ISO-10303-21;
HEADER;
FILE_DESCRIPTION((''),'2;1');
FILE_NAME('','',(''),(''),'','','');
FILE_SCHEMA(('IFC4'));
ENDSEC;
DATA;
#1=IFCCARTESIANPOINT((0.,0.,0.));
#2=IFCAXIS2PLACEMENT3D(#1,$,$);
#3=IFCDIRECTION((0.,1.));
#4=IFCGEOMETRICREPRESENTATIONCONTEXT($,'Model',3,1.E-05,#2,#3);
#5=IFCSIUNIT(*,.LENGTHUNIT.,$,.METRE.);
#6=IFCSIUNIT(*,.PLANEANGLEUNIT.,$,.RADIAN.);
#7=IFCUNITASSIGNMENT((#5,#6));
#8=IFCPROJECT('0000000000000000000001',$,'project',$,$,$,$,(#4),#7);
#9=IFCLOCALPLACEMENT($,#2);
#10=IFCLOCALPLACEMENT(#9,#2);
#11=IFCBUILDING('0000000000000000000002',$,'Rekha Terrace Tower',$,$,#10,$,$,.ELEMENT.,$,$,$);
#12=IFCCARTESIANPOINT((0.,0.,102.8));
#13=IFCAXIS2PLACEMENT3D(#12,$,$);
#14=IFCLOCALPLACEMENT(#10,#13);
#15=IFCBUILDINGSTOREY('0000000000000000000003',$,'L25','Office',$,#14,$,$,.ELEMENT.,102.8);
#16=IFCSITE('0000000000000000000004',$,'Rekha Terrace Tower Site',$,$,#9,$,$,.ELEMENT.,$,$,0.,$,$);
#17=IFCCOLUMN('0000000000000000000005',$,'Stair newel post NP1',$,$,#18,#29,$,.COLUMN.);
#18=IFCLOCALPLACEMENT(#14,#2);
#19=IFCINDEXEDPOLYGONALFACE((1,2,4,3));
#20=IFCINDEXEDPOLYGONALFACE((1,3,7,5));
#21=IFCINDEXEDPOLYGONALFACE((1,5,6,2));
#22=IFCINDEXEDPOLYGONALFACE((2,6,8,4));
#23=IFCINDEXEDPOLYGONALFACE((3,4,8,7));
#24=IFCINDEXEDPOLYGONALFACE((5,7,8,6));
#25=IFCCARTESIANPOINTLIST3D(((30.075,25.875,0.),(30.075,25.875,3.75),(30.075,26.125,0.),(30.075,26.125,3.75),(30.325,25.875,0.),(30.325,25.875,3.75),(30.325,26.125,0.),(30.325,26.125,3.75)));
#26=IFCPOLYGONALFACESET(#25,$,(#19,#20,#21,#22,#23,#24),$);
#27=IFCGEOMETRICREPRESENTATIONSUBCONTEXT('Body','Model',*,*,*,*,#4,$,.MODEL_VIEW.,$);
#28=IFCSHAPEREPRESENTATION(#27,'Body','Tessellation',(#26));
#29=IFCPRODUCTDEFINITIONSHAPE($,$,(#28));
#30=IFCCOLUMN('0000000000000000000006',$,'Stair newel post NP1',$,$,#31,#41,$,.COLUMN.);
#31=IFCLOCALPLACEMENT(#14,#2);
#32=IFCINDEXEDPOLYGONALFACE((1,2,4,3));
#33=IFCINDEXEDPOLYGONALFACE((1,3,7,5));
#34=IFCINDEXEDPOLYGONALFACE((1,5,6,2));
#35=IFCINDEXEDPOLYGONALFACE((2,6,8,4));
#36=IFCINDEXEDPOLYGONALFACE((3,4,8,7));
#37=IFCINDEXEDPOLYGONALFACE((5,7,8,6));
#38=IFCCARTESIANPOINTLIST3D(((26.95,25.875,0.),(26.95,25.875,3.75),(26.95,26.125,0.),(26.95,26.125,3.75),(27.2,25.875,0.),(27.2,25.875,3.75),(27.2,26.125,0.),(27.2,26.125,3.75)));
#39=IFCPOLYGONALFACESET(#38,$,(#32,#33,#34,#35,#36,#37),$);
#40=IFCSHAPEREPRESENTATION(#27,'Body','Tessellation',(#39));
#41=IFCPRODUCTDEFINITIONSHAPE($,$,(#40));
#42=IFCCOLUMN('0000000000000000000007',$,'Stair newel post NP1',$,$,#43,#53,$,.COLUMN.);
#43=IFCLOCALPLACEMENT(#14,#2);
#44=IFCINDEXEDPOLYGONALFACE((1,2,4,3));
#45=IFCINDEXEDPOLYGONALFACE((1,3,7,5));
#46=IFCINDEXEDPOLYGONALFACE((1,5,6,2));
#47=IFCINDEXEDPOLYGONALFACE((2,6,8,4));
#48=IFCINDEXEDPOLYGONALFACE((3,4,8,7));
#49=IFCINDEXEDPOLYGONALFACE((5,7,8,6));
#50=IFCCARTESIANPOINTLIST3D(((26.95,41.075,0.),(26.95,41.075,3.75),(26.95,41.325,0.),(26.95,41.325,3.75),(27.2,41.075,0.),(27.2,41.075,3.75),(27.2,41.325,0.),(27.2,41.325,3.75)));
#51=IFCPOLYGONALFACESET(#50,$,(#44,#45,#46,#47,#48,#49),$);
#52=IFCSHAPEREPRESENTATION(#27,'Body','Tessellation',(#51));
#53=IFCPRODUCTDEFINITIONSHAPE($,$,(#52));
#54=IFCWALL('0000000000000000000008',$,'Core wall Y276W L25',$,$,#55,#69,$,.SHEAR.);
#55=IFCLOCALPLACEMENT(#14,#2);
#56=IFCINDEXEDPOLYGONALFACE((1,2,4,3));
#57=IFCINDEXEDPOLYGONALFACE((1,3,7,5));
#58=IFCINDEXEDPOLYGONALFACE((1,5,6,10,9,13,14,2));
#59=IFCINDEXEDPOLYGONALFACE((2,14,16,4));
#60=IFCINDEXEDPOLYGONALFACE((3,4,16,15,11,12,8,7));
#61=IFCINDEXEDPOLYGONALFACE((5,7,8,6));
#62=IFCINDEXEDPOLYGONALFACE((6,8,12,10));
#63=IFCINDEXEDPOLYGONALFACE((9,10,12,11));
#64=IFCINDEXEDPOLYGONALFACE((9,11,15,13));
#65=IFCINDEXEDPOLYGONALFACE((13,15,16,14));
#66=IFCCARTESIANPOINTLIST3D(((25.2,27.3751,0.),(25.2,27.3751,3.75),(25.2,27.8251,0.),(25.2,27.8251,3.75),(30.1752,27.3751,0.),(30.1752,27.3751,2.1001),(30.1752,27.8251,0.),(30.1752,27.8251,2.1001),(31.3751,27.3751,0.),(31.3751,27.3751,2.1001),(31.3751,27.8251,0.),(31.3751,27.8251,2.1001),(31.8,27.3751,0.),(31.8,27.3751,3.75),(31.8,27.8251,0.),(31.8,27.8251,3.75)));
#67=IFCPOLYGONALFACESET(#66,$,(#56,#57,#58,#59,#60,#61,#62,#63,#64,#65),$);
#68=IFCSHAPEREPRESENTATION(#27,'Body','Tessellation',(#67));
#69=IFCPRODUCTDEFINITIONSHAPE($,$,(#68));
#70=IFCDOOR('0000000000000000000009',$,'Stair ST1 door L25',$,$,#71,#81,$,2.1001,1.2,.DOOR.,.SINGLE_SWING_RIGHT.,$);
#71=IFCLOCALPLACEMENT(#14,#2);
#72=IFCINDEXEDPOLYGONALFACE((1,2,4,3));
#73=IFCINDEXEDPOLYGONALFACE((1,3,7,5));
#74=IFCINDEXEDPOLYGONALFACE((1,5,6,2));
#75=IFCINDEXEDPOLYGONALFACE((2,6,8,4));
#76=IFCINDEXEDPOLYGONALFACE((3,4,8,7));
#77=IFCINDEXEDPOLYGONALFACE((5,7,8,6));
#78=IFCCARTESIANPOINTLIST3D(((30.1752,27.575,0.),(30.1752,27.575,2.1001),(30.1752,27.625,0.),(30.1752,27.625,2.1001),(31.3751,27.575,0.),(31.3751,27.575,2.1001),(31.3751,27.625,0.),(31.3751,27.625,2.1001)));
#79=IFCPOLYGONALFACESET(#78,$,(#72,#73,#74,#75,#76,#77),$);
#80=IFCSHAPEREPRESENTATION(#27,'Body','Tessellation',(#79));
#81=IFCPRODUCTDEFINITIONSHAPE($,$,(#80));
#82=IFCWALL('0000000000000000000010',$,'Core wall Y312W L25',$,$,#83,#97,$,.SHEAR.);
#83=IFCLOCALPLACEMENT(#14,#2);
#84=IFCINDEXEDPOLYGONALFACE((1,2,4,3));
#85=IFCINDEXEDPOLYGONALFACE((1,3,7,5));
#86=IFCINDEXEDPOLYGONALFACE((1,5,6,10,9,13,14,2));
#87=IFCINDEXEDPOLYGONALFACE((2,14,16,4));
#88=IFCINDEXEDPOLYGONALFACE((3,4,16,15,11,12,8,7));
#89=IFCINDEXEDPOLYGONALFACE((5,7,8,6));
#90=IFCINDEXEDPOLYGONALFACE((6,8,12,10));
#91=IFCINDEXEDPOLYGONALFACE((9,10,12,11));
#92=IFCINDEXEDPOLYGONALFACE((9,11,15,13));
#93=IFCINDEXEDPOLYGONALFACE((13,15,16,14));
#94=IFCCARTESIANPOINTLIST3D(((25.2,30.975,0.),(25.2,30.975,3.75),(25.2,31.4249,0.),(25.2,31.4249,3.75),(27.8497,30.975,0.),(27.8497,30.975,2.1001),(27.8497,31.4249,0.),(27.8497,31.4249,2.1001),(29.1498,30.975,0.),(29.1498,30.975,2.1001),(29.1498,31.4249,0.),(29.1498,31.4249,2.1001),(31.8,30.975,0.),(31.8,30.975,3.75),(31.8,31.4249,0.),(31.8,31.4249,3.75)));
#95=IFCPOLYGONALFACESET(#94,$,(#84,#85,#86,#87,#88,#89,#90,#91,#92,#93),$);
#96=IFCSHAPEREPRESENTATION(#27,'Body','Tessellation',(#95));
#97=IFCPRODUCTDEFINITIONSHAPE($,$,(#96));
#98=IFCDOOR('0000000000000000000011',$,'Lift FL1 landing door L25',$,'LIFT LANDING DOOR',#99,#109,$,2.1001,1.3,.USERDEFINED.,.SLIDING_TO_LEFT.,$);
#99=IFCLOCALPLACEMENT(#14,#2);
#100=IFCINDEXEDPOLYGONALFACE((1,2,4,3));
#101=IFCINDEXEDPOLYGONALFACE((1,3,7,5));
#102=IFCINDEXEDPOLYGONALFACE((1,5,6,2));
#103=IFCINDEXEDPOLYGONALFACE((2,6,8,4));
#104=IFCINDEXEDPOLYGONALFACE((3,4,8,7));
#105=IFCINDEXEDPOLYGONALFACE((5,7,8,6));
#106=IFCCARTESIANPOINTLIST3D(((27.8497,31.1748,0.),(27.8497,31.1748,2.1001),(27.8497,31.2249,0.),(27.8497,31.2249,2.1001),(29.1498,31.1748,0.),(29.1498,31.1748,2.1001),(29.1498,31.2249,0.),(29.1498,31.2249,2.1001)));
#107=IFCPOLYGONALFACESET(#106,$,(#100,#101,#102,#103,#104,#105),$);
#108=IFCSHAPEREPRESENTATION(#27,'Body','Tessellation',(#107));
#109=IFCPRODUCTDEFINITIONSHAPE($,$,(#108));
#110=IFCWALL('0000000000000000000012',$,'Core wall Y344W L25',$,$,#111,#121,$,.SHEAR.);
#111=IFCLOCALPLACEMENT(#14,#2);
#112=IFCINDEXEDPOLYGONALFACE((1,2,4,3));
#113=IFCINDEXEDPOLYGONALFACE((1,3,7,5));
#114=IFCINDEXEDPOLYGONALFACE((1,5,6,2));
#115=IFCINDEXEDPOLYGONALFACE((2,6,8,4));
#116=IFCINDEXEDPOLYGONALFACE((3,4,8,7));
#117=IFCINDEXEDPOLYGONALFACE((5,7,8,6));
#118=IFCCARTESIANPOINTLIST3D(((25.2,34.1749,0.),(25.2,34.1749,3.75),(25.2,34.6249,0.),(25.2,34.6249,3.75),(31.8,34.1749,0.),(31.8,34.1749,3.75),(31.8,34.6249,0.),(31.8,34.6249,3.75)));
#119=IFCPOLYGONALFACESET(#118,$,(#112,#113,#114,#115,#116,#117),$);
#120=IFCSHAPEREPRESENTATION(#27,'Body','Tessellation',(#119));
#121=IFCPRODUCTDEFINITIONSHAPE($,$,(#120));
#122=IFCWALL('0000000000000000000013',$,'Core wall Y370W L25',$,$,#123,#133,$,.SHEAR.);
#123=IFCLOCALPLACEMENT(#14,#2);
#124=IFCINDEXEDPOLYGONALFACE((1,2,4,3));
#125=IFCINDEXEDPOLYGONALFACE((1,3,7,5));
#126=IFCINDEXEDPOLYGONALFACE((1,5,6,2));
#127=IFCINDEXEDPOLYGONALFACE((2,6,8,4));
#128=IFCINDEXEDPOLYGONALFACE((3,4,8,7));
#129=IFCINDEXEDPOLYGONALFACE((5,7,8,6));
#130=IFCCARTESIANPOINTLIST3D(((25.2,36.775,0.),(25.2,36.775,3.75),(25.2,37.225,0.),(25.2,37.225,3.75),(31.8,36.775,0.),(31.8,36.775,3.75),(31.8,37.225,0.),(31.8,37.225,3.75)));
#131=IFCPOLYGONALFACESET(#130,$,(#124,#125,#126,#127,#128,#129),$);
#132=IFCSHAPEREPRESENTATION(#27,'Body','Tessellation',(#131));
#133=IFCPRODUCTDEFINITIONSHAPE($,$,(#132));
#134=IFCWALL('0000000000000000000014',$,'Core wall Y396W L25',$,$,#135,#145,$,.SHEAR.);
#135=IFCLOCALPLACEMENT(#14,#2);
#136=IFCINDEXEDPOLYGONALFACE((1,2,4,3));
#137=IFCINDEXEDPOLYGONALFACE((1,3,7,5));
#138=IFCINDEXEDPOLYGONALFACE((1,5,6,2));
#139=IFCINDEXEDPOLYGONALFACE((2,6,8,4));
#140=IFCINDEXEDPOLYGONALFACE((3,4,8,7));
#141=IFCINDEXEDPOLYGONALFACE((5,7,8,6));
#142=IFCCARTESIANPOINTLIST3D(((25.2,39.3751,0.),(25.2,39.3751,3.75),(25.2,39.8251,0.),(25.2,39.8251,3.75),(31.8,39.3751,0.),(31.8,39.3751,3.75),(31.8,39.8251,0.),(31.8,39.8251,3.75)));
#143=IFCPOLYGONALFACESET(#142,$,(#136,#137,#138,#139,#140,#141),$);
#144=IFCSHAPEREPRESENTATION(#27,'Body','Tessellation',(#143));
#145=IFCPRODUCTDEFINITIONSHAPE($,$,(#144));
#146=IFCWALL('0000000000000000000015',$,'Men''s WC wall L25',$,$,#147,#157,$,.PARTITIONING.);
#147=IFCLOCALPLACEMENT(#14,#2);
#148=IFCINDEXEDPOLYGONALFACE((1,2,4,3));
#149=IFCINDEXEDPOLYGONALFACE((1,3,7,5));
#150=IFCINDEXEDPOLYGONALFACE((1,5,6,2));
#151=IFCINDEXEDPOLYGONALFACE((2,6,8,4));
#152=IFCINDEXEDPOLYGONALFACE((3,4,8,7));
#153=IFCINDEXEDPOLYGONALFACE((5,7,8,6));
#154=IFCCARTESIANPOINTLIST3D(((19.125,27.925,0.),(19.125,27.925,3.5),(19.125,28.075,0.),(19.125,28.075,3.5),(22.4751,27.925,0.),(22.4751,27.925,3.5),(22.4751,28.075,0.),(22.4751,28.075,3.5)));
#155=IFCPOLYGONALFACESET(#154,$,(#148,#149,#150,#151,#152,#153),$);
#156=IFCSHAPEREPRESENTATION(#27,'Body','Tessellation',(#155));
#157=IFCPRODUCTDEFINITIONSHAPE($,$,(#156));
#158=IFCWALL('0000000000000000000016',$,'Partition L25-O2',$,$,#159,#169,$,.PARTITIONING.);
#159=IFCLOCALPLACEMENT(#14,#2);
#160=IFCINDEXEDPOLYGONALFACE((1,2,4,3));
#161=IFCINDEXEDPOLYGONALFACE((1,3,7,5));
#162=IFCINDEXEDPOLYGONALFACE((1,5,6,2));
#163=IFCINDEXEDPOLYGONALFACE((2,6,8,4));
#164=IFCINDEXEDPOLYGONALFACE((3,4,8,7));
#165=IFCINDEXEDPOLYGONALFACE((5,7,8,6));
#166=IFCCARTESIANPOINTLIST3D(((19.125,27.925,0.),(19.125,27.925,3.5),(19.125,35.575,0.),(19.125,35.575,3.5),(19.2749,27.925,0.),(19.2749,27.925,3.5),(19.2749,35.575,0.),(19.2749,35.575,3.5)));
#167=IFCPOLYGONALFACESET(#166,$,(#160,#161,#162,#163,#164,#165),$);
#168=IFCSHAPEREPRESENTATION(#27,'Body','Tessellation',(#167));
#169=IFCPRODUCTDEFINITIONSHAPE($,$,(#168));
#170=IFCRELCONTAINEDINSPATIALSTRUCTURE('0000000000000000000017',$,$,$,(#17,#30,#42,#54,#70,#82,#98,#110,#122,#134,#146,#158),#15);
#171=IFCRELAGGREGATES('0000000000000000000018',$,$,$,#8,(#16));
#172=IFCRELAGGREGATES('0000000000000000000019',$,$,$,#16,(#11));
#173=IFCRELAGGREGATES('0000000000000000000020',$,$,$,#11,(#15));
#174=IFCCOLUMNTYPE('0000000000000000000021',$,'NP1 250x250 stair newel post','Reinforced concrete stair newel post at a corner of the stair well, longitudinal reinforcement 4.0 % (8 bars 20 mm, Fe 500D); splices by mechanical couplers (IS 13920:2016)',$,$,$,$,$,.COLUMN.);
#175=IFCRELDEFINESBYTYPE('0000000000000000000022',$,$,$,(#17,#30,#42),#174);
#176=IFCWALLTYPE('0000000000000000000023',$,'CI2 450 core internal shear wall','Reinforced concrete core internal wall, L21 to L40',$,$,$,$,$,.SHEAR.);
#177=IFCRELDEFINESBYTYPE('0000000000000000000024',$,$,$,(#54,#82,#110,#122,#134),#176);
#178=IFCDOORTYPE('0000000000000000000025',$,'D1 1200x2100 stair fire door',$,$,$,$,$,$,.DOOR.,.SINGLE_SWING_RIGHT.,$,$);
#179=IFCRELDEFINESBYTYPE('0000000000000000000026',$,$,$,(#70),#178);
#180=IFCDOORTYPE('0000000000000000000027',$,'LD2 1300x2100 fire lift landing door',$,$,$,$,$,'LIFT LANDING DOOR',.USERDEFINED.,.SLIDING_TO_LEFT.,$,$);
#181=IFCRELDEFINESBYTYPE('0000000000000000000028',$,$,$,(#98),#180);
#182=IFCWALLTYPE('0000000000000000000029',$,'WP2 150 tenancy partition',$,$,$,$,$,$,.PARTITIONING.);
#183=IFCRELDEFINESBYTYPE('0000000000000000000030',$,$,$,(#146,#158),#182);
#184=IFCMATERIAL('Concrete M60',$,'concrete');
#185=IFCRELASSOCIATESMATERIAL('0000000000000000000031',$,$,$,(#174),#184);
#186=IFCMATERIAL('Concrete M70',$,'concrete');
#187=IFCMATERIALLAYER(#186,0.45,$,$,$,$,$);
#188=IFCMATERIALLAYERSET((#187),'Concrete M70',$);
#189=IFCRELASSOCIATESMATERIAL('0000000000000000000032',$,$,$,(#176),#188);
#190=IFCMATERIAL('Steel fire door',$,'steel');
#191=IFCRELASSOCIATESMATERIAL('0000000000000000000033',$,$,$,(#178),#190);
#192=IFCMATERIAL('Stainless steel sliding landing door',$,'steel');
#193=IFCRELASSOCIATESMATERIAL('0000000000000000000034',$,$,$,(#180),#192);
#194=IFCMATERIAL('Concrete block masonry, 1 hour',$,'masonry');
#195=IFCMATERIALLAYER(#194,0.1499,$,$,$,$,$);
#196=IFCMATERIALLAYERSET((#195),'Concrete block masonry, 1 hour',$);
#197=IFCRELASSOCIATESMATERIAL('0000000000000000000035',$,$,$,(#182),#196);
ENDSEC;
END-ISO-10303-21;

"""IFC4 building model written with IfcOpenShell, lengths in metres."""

from ifc_helpers import new_model, si_unit, direction, frame, frame_2d, origin, origin_2d, place, context, subcontext, project, spatial, rectangle, extrude, material, layer, layer_set, material_profile, profile_set, type_object, element, fill, save


model = new_model("IFC4")

# Units and contexts
model_context = context("Model", 3, precision=1e-05, world=origin(), true_north=direction((0.0, 1.0)))
body_context = subcontext(model_context, "Body", "Model", "MODEL_VIEW")
ifc_project = project(units=[si_unit("LENGTHUNIT", "METRE"), si_unit("PLANEANGLEUNIT", "RADIAN")], contexts=[model_context])

# Site, building, storey
site_placement = place(None, origin())
site = spatial("IfcSite", under=ifc_project, at=site_placement, Name="Rekha Terrace Tower Site", CompositionType="ELEMENT", RefElevation=0.0)
building_placement = place(site_placement, origin())
building = spatial("IfcBuilding", under=site, at=building_placement, Name="Rekha Terrace Tower", CompositionType="ELEMENT")
storey_placement = place(building_placement, frame((0.0, 0.0, 102.8)))
storey = spatial("IfcBuildingStorey", under=building, at=storey_placement, Name="L25", Description="Office", CompositionType="ELEMENT", Elevation=102.8)

# Columns
ifc_material_1 = material(Name="Concrete M60", Category="concrete")
ifc_material_profile = material_profile(ifc_material_1, rectangle(XDim=0.25, YDim=0.25, at=origin_2d()), Name="RC 250x250")
ifc_profile_set = profile_set([ifc_material_profile], Name="Concrete M60")
column_type = type_object("IfcColumnType", Name="NP1 250x250 stair newel post", Description="Reinforced concrete stair newel post at a corner of the stair well, longitudinal reinforcement 4.0 % (8 bars 20 mm, Fe 500D); splices by mechanical couplers (IS 13920:2016)", PredefinedType="COLUMN", material=ifc_profile_set)
for number, where, z_axis, x_axis, name in (
    (1, (30.2, 26.0, 0.0), (0.0, 0.0, 1.0), (1.0, 0.0, 0.0), "Stair newel post NP1"),
    (2, (27.075, 26.0, 0.0), (0.0, 0.0, 1.0), (1.0, 0.0, 0.0), "Stair newel post NP1"),
    (3, (27.075, 41.2, 0.0), (0.0, 0.0, 1.0), (1.0, 0.0, 0.0), "Stair newel post NP1"),
):
    element("IfcColumn", number, at=place(storey_placement, frame(where, z_axis=z_axis, x_axis=x_axis)), inside=storey, type_object=column_type, Name=name, PredefinedType="COLUMN", context=body_context, shape_type="SweptSolid", body=[
        extrude(rectangle(XDim=0.25, YDim=0.25, at=origin_2d()), origin(), (0.0, 0.0, 1.0), 3.75),
    ])

# Walls, openings, doors
ifc_material_2 = material(Name="Concrete M70", Category="concrete")
ifc_layer_1 = layer(ifc_material_2, 0.45)
ifc_layer_set_1 = layer_set([ifc_layer_1], Name="Concrete M70")
wall_type_1 = type_object("IfcWallType", Name="CI2 450 core internal shear wall", Description="Reinforced concrete core internal wall, L21 to L40", PredefinedType="SHEAR", material=ifc_layer_set_1)
wall_1_placement = place(storey_placement, frame((25.2, 27.6001, 0.0), z_axis=(0.0, 0.0, 1.0), x_axis=(1.0, 0.0, 0.0)))
wall_1 = element("IfcWall", 4, at=wall_1_placement, inside=storey, type_object=wall_type_1, Name="Core wall Y276W L25", PredefinedType="SHEAR", context=body_context, shape_type="SweptSolid", body=[
    extrude(rectangle(XDim=6.6001, YDim=0.45, at=frame_2d((3.3, 0.0))), origin(), (0.0, 0.0, 1.0), 3.75),
])
opening_1_placement = place(wall_1_placement, frame((4.9751, 0.0, 0.0)))
opening_1 = element("IfcOpeningElement", 5, at=opening_1_placement, cuts=wall_1, PredefinedType="OPENING", context=body_context, shape_type="SweptSolid", body=[
    extrude(rectangle(XDim=1.2, YDim=2.1001, at=frame_2d((0.6001, 1.05))), frame((0.0, 0.2349, 0.0), z_axis=(0.0, -1.0, 0.0), x_axis=(1.0, 0.0, 0.0)), (0.0, 0.0, 1.0), 0.47),
])
ifc_material_3 = material(Name="Steel fire door", Category="steel")
door_type_1 = type_object("IfcDoorType", Name="D1 1200x2100 stair fire door", OperationType="SINGLE_SWING_RIGHT", PredefinedType="DOOR", material=ifc_material_3)
door_1_placement = place(opening_1_placement, origin())
door_1 = element("IfcDoor", 6, at=door_1_placement, inside=storey, type_object=door_type_1, Name="Stair ST1 door L25", OperationType="SINGLE_SWING_RIGHT", OverallHeight=2.1001, OverallWidth=1.2, PredefinedType="DOOR", context=body_context, shape_type="SweptSolid", body=[
    extrude(rectangle(XDim=1.2, YDim=2.1001, at=frame_2d((0.6001, 1.05))), frame((0.0, 0.0249, 0.0), z_axis=(0.0, -1.0, 0.0), x_axis=(1.0, 0.0, 0.0)), (0.0, 0.0, 1.0), 0.05),
])
fill(opening_1, door_1)
wall_2_placement = place(storey_placement, frame((25.2, 31.2, 0.0), z_axis=(0.0, 0.0, 1.0), x_axis=(1.0, 0.0, 0.0)))
wall_2 = element("IfcWall", 7, at=wall_2_placement, inside=storey, type_object=wall_type_1, Name="Core wall Y312W L25", PredefinedType="SHEAR", context=body_context, shape_type="SweptSolid", body=[
    extrude(rectangle(XDim=6.6001, YDim=0.45, at=frame_2d((3.3, 0.0))), origin(), (0.0, 0.0, 1.0), 3.75),
])
opening_2_placement = place(wall_2_placement, frame((2.6499, 0.0, 0.0)))
opening_2 = element("IfcOpeningElement", 8, at=opening_2_placement, cuts=wall_2, PredefinedType="OPENING", context=body_context, shape_type="SweptSolid", body=[
    extrude(rectangle(XDim=1.3, YDim=2.1001, at=frame_2d((0.6499, 1.05))), frame((0.0, 0.2349, 0.0), z_axis=(0.0, -1.0, 0.0), x_axis=(1.0, 0.0, 0.0)), (0.0, 0.0, 1.0), 0.47),
])
ifc_material_4 = material(Name="Stainless steel sliding landing door", Category="steel")
door_type_2 = type_object("IfcDoorType", Name="LD2 1300x2100 fire lift landing door", ElementType="LIFT LANDING DOOR", OperationType="SLIDING_TO_LEFT", PredefinedType="USERDEFINED", material=ifc_material_4)
door_2_placement = place(opening_2_placement, origin())
door_2 = element("IfcDoor", 9, at=door_2_placement, inside=storey, type_object=door_type_2, Name="Lift FL1 landing door L25", ObjectType="LIFT LANDING DOOR", OperationType="SLIDING_TO_LEFT", OverallHeight=2.1001, OverallWidth=1.3, PredefinedType="USERDEFINED", context=body_context, shape_type="SweptSolid", body=[
    extrude(rectangle(XDim=1.3, YDim=2.1001, at=frame_2d((0.6499, 1.05))), frame((0.0, 0.0249, 0.0), z_axis=(0.0, -1.0, 0.0), x_axis=(1.0, 0.0, 0.0)), (0.0, 0.0, 1.0), 0.05),
])
fill(opening_2, door_2)

# Walls
for number, where, z_axis, x_axis, name in (
    (10, (25.2, 34.3999, 0.0), (0.0, 0.0, 1.0), (1.0, 0.0, 0.0), "Core wall Y344W L25"),
    (11, (25.2, 37.0, 0.0), (0.0, 0.0, 1.0), (1.0, 0.0, 0.0), "Core wall Y370W L25"),
    (12, (25.2, 39.6001, 0.0), (0.0, 0.0, 1.0), (1.0, 0.0, 0.0), "Core wall Y396W L25"),
):
    element("IfcWall", number, at=place(storey_placement, frame(where, z_axis=z_axis, x_axis=x_axis)), inside=storey, type_object=wall_type_1, Name=name, PredefinedType="SHEAR", context=body_context, shape_type="SweptSolid", body=[
        extrude(rectangle(XDim=6.6001, YDim=0.45, at=frame_2d((3.3, 0.0))), origin(), (0.0, 0.0, 1.0), 3.75),
    ])
ifc_material_5 = material(Name="Concrete block masonry, 1 hour", Category="masonry")
ifc_layer_2 = layer(ifc_material_5, 0.1499)
ifc_layer_set_2 = layer_set([ifc_layer_2], Name="Concrete block masonry, 1 hour")
wall_type_2 = type_object("IfcWallType", Name="WP2 150 tenancy partition", PredefinedType="PARTITIONING", material=ifc_layer_set_2)
wall_3_placement = place(storey_placement, frame((19.125, 28.0, 0.0), z_axis=(0.0, 0.0, 1.0), x_axis=(1.0, 0.0, 0.0)))
element("IfcWall", 13, at=wall_3_placement, inside=storey, type_object=wall_type_2, Name="Men's WC wall L25", PredefinedType="PARTITIONING", context=body_context, shape_type="SweptSolid", body=[
    extrude(rectangle(XDim=3.3501, YDim=0.1499, at=frame_2d((1.675, 0.0))), origin(), (0.0, 0.0, 1.0), 3.5),
])
wall_4_placement = place(storey_placement, frame((19.2, 35.575, 0.0), z_axis=(0.0, 0.0, 1.0), x_axis=(0.0, -1.0, 0.0)))
element("IfcWall", 14, at=wall_4_placement, inside=storey, type_object=wall_type_2, Name="Partition L25-O2", PredefinedType="PARTITIONING", context=body_context, shape_type="SweptSolid", body=[
    extrude(rectangle(XDim=7.6499, YDim=0.1499, at=frame_2d((3.825, 0.0))), origin(), (0.0, 0.0, 1.0), 3.5),
])

save(model, "model.ifc")
